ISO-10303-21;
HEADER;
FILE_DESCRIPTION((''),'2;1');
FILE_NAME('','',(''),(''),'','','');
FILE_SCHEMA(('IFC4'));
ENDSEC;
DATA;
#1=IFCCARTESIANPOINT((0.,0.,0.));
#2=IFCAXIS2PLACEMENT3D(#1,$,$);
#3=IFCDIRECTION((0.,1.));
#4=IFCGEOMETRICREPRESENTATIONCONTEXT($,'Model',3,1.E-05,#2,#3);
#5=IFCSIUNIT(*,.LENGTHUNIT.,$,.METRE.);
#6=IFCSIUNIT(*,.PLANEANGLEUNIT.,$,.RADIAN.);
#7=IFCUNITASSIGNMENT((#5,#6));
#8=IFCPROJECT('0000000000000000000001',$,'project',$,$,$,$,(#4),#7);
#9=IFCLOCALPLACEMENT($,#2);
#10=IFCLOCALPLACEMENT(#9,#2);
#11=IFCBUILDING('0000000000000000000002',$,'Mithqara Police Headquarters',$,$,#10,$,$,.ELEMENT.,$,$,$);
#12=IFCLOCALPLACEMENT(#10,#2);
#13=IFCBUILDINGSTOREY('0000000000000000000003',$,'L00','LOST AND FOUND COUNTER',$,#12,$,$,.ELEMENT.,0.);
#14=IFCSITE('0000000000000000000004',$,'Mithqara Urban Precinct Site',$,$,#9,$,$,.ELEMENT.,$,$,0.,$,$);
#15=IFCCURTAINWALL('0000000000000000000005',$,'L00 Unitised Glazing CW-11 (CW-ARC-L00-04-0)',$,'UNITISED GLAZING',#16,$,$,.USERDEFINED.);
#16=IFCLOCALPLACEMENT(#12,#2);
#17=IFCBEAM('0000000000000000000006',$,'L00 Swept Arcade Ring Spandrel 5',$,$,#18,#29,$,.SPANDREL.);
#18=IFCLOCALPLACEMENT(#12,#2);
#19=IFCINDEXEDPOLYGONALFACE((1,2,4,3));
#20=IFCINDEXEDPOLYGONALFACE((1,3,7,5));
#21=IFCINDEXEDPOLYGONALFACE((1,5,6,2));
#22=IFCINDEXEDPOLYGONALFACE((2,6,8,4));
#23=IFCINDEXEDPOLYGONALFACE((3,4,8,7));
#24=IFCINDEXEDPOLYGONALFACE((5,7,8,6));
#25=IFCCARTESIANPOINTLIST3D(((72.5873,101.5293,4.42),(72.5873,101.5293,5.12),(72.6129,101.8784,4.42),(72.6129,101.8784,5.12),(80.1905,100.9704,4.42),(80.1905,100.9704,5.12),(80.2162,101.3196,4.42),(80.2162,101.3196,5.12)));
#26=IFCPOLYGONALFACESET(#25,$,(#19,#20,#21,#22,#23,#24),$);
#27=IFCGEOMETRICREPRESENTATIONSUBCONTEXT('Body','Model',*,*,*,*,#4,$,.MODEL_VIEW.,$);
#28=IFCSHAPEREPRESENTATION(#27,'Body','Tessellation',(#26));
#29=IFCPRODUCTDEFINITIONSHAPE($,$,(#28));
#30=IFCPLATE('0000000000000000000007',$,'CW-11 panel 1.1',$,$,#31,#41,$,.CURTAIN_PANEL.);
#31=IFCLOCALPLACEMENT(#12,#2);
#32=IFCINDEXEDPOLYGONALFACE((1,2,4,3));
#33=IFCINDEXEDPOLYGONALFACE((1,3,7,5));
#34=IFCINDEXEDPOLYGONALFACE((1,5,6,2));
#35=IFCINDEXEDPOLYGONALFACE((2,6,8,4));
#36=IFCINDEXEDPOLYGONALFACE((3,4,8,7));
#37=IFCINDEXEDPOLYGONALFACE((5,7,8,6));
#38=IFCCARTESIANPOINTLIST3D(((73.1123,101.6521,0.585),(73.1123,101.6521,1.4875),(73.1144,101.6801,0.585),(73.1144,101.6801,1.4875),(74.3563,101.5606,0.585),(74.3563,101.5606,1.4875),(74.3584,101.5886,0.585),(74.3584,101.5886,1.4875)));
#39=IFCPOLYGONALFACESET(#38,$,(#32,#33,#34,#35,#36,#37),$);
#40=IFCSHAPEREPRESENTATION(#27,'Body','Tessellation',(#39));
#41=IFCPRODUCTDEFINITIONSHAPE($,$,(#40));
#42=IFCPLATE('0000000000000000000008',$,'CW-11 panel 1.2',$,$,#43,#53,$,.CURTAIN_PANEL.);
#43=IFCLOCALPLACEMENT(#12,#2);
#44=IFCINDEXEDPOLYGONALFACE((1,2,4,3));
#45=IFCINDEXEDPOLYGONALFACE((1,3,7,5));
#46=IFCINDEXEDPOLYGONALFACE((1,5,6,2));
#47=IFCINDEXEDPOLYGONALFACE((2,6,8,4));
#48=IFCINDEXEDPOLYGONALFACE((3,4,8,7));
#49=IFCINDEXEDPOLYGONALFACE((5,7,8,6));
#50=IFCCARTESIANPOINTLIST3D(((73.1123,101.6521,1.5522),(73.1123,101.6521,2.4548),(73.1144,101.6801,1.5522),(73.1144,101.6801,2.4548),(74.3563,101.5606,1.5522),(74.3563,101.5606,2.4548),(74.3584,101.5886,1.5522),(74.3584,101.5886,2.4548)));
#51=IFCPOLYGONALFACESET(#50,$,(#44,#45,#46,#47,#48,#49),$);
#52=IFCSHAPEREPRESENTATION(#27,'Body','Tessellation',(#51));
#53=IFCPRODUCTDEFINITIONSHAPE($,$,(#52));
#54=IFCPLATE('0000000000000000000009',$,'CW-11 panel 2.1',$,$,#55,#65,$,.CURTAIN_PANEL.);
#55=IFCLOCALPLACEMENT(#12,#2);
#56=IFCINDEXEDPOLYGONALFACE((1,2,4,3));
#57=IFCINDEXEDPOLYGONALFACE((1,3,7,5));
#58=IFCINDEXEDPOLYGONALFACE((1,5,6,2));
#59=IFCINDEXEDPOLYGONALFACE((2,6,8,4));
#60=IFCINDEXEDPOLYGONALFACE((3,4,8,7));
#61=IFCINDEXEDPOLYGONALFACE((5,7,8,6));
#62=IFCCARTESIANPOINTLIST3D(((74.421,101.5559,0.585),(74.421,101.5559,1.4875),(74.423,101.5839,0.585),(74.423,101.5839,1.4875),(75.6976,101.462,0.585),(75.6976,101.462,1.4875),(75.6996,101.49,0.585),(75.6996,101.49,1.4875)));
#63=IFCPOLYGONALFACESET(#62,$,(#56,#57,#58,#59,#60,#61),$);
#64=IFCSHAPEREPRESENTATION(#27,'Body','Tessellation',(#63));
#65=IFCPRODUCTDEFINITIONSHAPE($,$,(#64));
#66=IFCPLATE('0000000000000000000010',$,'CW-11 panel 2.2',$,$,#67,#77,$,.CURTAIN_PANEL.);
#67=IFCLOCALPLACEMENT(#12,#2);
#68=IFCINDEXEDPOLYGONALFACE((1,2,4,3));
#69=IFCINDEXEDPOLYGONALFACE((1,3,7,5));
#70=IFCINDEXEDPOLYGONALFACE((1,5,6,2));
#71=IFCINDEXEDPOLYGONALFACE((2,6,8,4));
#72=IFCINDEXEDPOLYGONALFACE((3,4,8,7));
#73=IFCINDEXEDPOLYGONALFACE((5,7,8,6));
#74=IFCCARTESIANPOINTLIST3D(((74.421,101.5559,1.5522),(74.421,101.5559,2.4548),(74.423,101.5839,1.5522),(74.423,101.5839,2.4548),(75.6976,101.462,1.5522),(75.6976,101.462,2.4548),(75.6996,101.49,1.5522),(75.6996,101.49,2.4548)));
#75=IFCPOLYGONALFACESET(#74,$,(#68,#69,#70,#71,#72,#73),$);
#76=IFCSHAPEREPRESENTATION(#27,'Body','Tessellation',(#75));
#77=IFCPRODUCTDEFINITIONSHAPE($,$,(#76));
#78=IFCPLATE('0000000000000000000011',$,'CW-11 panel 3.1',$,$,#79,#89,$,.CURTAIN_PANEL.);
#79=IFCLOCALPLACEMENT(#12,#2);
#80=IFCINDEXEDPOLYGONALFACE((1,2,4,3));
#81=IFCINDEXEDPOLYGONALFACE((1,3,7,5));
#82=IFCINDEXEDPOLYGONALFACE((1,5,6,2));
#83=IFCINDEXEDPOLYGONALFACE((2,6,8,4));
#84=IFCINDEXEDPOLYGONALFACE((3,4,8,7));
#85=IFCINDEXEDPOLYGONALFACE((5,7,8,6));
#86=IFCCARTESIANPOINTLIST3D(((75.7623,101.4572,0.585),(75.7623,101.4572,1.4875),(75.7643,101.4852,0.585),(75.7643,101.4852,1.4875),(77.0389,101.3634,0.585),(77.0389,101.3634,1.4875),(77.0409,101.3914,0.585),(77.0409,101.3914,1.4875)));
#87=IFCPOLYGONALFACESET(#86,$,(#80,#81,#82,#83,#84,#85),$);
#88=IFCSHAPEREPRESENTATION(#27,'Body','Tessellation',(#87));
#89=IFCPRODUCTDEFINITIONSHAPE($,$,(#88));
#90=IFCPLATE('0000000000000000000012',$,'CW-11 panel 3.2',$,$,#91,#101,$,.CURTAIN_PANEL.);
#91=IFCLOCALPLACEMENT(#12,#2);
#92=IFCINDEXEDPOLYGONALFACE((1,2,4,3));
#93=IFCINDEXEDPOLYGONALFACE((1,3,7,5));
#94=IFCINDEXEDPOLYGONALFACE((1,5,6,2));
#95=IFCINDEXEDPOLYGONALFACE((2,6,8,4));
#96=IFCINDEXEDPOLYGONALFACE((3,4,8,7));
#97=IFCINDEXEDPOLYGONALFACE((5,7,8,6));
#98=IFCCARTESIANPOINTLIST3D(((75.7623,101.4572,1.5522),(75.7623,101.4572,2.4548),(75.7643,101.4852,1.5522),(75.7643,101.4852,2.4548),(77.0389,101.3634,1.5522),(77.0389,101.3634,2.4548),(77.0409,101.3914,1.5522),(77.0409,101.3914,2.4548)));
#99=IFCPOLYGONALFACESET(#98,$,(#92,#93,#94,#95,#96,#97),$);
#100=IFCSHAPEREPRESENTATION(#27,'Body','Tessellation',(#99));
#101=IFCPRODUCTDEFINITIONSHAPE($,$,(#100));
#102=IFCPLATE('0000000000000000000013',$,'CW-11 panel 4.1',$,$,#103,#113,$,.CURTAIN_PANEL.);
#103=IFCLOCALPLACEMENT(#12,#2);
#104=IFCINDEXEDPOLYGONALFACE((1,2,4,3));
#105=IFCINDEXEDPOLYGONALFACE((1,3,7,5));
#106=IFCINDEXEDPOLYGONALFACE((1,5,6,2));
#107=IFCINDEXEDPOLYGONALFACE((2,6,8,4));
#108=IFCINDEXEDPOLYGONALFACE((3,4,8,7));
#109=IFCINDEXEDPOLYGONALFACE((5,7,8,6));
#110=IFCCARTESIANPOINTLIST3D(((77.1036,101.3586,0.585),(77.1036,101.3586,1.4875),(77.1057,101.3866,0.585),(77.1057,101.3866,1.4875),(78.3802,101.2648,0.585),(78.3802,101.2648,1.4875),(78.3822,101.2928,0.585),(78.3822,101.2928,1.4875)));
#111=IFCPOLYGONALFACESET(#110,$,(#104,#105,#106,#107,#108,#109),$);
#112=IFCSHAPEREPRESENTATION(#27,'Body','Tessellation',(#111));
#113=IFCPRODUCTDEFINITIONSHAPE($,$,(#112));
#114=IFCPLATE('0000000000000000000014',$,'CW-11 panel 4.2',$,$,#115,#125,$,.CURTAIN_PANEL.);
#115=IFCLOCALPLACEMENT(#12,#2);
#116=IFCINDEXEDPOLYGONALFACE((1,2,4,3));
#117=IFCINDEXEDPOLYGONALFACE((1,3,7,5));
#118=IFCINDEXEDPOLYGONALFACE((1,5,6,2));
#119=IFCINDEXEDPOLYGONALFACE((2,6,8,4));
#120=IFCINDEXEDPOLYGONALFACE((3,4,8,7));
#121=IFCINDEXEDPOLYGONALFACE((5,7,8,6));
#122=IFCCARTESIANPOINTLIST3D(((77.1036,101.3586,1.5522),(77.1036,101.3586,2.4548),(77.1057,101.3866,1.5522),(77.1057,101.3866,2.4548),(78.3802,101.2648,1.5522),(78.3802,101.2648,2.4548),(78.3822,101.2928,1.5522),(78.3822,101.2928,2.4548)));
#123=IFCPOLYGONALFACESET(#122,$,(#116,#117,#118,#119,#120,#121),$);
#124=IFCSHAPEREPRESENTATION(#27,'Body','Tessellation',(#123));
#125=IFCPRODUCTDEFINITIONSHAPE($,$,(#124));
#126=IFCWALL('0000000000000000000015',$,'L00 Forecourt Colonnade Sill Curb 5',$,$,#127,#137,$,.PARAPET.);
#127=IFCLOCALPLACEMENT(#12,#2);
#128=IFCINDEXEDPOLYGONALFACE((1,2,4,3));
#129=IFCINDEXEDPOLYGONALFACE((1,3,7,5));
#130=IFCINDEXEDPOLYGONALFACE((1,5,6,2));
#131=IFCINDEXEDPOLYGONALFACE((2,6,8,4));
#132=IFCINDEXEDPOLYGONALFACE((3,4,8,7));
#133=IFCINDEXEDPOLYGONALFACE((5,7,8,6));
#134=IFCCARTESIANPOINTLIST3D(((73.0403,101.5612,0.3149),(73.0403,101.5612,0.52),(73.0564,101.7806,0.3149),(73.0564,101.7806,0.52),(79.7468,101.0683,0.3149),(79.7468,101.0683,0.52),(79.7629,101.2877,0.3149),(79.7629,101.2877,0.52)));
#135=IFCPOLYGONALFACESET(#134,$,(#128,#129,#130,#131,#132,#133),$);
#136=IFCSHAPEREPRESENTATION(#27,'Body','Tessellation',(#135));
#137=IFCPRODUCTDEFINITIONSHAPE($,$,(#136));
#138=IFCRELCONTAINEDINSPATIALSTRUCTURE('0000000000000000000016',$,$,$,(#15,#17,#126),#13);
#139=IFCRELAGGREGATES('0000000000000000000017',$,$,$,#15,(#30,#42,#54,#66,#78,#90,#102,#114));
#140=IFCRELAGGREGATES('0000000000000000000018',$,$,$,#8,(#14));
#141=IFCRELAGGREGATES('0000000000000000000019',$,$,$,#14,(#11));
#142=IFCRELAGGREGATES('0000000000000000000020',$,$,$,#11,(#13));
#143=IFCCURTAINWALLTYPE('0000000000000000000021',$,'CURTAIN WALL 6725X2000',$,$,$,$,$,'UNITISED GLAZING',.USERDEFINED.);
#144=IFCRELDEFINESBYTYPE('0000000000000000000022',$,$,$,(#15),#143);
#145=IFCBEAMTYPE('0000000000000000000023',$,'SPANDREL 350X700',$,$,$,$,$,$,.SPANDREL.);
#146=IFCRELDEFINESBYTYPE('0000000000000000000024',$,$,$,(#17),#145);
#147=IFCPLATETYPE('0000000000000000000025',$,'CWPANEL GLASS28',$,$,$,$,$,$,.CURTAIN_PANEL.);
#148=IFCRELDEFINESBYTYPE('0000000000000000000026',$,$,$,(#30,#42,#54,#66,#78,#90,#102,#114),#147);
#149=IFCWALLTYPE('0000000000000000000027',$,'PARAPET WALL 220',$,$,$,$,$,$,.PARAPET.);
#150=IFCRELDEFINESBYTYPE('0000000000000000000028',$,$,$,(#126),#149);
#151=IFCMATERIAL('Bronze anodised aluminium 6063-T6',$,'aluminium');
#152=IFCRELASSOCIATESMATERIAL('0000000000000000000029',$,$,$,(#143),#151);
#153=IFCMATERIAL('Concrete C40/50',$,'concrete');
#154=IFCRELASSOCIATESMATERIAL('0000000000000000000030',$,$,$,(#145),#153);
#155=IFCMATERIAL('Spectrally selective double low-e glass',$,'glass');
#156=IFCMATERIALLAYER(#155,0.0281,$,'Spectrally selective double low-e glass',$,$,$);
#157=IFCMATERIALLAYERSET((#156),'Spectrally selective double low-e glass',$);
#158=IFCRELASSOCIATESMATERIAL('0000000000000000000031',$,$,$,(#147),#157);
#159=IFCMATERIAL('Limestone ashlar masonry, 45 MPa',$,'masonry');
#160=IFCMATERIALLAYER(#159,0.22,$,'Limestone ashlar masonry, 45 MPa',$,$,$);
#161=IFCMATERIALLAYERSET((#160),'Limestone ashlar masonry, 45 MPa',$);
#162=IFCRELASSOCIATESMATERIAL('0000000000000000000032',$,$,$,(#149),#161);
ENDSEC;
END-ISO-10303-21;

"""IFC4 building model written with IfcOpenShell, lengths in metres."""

from ifc_helpers import new_model, si_unit, direction, frame, frame_2d, origin, origin_2d, place, context, subcontext, project, spatial, rectangle, extrude, material, layer, layer_set, material_profile, profile_set, type_object, element, aggregate, save


model = new_model("IFC4")

# Units and contexts
model_context = context("Model", 3, precision=1e-05, world=origin(), true_north=direction((0.0, 1.0)))
body_context = subcontext(model_context, "Body", "Model", "MODEL_VIEW")
ifc_project = project(units=[si_unit("LENGTHUNIT", "METRE"), si_unit("PLANEANGLEUNIT", "RADIAN")], contexts=[model_context])

# Site, building, storey
site_placement = place(None, origin())
site = spatial("IfcSite", under=ifc_project, at=site_placement, Name="Mithqara Urban Precinct Site", CompositionType="ELEMENT", RefElevation=0.0)
building_placement = place(site_placement, origin())
building = spatial("IfcBuilding", under=site, at=building_placement, Name="Mithqara Police Headquarters", CompositionType="ELEMENT")
storey_placement = place(building_placement, origin())
storey = spatial("IfcBuildingStorey", under=building, at=storey_placement, Name="L00", Description="LOST AND FOUND COUNTER", CompositionType="ELEMENT", Elevation=0.0)

# Shared definitions
ifc_material_1 = material(Name="Concrete C40/50", Category="concrete")

# Curtain wall
ifc_material_2 = material(Name="Bronze anodised aluminium 6063-T6", Category="aluminium")
curtain_wall_type = type_object("IfcCurtainWallType", Name="CURTAIN WALL 6725X2000", ElementType="UNITISED GLAZING", PredefinedType="USERDEFINED", material=ifc_material_2)
curtain_wall_placement = place(storey_placement, origin())
curtain_wall = element("IfcCurtainWall", 1, at=curtain_wall_placement, inside=storey, type_object=curtain_wall_type, Name="L00 Unitised Glazing CW-11 (CW-ARC-L00-04-0)", ObjectType="UNITISED GLAZING", PredefinedType="USERDEFINED")

# Beam
ifc_material_profile_1 = material_profile(ifc_material_1, rectangle(XDim=0.3501, YDim=0.7, at=origin_2d()), Name="SPB 350x700")
ifc_profile_set_1 = profile_set([ifc_material_profile_1], Name="Concrete C40/50")
beam_type_1 = type_object("IfcBeamType", Name="SPANDREL 350X700", PredefinedType="SPANDREL", material=ifc_profile_set_1)
beam_1_placement = place(storey_placement, frame((72.6001, 101.7039, 4.77), z_axis=(0.99731, -0.073302, 0.0), x_axis=(0.073302, 0.99731, 0.0)))
element("IfcBeam", 2, at=beam_1_placement, inside=storey, type_object=beam_type_1, Name="L00 Swept Arcade Ring Spandrel 5", PredefinedType="SPANDREL", context=body_context, shape_type="SweptSolid", body=[
    extrude(rectangle(XDim=0.3501, YDim=0.7, at=origin_2d()), origin(), (0.0, 0.0, 1.0), 7.6238),
])

# Plates
ifc_material_3 = material(Name="Spectrally selective double low-e glass", Category="glass")
ifc_layer_1 = layer(ifc_material_3, 0.0281, Name="Spectrally selective double low-e glass")
ifc_layer_set_1 = layer_set([ifc_layer_1], Name="Spectrally selective double low-e glass")
plate_type = type_object("IfcPlateType", Name="CWPANEL GLASS28", PredefinedType="CURTAIN_PANEL", material=ifc_layer_set_1)
plate_1_placement = place(storey_placement, frame((73.7354, 101.6204, 0.585), z_axis=(0.0, 0.0, 1.0), x_axis=(0.99731, -0.073298, 0.0)))
plate_1 = element("IfcPlate", 3, at=plate_1_placement, type_object=plate_type, Name="CW-11 panel 1.1", PredefinedType="CURTAIN_PANEL", context=body_context, shape_type="SweptSolid", body=[
    extrude(rectangle(XDim=1.2473, YDim=0.0281, at=origin_2d()), origin(), (0.0, 0.0, 1.0), 0.9026),
])
plate_2_placement = place(storey_placement, frame((73.7354, 101.6204, 1.5522), z_axis=(0.0, 0.0, 1.0), x_axis=(0.99731, -0.073298, 0.0)))
plate_2 = element("IfcPlate", 4, at=plate_2_placement, type_object=plate_type, Name="CW-11 panel 1.2", PredefinedType="CURTAIN_PANEL", context=body_context, shape_type="SweptSolid", body=[
    extrude(rectangle(XDim=1.2473, YDim=0.0281, at=origin_2d()), origin(), (0.0, 0.0, 1.0), 0.9026),
])
plate_3_placement = place(storey_placement, frame((75.0603, 101.5229, 0.585), z_axis=(0.0, 0.0, 1.0), x_axis=(0.99731, -0.073298, 0.0)))
plate_3 = element("IfcPlate", 5, at=plate_3_placement, type_object=plate_type, Name="CW-11 panel 2.1", PredefinedType="CURTAIN_PANEL", context=body_context, shape_type="SweptSolid", body=[
    extrude(rectangle(XDim=1.28, YDim=0.0281, at=origin_2d()), origin(), (0.0, 0.0, 1.0), 0.9026),
])
plate_4_placement = place(storey_placement, frame((75.0603, 101.5229, 1.5522), z_axis=(0.0, 0.0, 1.0), x_axis=(0.99731, -0.073298, 0.0)))
plate_4 = element("IfcPlate", 6, at=plate_4_placement, type_object=plate_type, Name="CW-11 panel 2.2", PredefinedType="CURTAIN_PANEL", context=body_context, shape_type="SweptSolid", body=[
    extrude(rectangle(XDim=1.28, YDim=0.0281, at=origin_2d()), origin(), (0.0, 0.0, 1.0), 0.9026),
])
plate_5_placement = place(storey_placement, frame((76.4016, 101.4243, 0.585), z_axis=(0.0, 0.0, 1.0), x_axis=(0.99731, -0.073298, 0.0)))
plate_5 = element("IfcPlate", 7, at=plate_5_placement, type_object=plate_type, Name="CW-11 panel 3.1", PredefinedType="CURTAIN_PANEL", context=body_context, shape_type="SweptSolid", body=[
    extrude(rectangle(XDim=1.28, YDim=0.0281, at=origin_2d()), origin(), (0.0, 0.0, 1.0), 0.9026),
])
plate_6_placement = place(storey_placement, frame((76.4016, 101.4243, 1.5522), z_axis=(0.0, 0.0, 1.0), x_axis=(0.99731, -0.073298, 0.0)))
plate_6 = element("IfcPlate", 8, at=plate_6_placement, type_object=plate_type, Name="CW-11 panel 3.2", PredefinedType="CURTAIN_PANEL", context=body_context, shape_type="SweptSolid", body=[
    extrude(rectangle(XDim=1.28, YDim=0.0281, at=origin_2d()), origin(), (0.0, 0.0, 1.0), 0.9026),
])
plate_7_placement = place(storey_placement, frame((77.7429, 101.3257, 0.585), z_axis=(0.0, 0.0, 1.0), x_axis=(0.99731, -0.073298, 0.0)))
plate_7 = element("IfcPlate", 9, at=plate_7_placement, type_object=plate_type, Name="CW-11 panel 4.1", PredefinedType="CURTAIN_PANEL", context=body_context, shape_type="SweptSolid", body=[
    extrude(rectangle(XDim=1.28, YDim=0.0281, at=origin_2d()), origin(), (0.0, 0.0, 1.0), 0.9026),
])
plate_8_placement = place(storey_placement, frame((77.7429, 101.3257, 1.5522), z_axis=(0.0, 0.0, 1.0), x_axis=(0.99731, -0.073298, 0.0)))
plate_8 = element("IfcPlate", 10, at=plate_8_placement, type_object=plate_type, Name="CW-11 panel 4.2", PredefinedType="CURTAIN_PANEL", context=body_context, shape_type="SweptSolid", body=[
    extrude(rectangle(XDim=1.28, YDim=0.0281, at=origin_2d()), origin(), (0.0, 0.0, 1.0), 0.9026),
])
aggregate(curtain_wall, [plate_1, plate_2, plate_3, plate_4, plate_5, plate_6, plate_7, plate_8])

# Wall
ifc_material_4 = material(Name="Limestone ashlar masonry, 45 MPa", Category="masonry")
ifc_layer_2 = layer(ifc_material_4, 0.22, Name="Limestone ashlar masonry, 45 MPa")
ifc_layer_set_2 = layer_set([ifc_layer_2], Name="Limestone ashlar masonry, 45 MPa")
wall_type = type_object("IfcWallType", Name="PARAPET WALL 220", PredefinedType="PARAPET", material=ifc_layer_set_2)
wall_placement = place(storey_placement, frame((73.0483, 101.6709, 0.3149), z_axis=(0.0, 0.0, 1.0), x_axis=(0.99731, -0.073301, 0.0)))
element("IfcWall", 11, at=wall_placement, inside=storey, type_object=wall_type, Name="L00 Forecourt Colonnade Sill Curb 5", PredefinedType="PARAPET", context=body_context, shape_type="SweptSolid", body=[
    extrude(rectangle(XDim=6.7246, YDim=0.22, at=frame_2d((3.3623, 0.0))), origin(), (0.0, 0.0, 1.0), 0.2051),
])

save(model, "model.ifc")
